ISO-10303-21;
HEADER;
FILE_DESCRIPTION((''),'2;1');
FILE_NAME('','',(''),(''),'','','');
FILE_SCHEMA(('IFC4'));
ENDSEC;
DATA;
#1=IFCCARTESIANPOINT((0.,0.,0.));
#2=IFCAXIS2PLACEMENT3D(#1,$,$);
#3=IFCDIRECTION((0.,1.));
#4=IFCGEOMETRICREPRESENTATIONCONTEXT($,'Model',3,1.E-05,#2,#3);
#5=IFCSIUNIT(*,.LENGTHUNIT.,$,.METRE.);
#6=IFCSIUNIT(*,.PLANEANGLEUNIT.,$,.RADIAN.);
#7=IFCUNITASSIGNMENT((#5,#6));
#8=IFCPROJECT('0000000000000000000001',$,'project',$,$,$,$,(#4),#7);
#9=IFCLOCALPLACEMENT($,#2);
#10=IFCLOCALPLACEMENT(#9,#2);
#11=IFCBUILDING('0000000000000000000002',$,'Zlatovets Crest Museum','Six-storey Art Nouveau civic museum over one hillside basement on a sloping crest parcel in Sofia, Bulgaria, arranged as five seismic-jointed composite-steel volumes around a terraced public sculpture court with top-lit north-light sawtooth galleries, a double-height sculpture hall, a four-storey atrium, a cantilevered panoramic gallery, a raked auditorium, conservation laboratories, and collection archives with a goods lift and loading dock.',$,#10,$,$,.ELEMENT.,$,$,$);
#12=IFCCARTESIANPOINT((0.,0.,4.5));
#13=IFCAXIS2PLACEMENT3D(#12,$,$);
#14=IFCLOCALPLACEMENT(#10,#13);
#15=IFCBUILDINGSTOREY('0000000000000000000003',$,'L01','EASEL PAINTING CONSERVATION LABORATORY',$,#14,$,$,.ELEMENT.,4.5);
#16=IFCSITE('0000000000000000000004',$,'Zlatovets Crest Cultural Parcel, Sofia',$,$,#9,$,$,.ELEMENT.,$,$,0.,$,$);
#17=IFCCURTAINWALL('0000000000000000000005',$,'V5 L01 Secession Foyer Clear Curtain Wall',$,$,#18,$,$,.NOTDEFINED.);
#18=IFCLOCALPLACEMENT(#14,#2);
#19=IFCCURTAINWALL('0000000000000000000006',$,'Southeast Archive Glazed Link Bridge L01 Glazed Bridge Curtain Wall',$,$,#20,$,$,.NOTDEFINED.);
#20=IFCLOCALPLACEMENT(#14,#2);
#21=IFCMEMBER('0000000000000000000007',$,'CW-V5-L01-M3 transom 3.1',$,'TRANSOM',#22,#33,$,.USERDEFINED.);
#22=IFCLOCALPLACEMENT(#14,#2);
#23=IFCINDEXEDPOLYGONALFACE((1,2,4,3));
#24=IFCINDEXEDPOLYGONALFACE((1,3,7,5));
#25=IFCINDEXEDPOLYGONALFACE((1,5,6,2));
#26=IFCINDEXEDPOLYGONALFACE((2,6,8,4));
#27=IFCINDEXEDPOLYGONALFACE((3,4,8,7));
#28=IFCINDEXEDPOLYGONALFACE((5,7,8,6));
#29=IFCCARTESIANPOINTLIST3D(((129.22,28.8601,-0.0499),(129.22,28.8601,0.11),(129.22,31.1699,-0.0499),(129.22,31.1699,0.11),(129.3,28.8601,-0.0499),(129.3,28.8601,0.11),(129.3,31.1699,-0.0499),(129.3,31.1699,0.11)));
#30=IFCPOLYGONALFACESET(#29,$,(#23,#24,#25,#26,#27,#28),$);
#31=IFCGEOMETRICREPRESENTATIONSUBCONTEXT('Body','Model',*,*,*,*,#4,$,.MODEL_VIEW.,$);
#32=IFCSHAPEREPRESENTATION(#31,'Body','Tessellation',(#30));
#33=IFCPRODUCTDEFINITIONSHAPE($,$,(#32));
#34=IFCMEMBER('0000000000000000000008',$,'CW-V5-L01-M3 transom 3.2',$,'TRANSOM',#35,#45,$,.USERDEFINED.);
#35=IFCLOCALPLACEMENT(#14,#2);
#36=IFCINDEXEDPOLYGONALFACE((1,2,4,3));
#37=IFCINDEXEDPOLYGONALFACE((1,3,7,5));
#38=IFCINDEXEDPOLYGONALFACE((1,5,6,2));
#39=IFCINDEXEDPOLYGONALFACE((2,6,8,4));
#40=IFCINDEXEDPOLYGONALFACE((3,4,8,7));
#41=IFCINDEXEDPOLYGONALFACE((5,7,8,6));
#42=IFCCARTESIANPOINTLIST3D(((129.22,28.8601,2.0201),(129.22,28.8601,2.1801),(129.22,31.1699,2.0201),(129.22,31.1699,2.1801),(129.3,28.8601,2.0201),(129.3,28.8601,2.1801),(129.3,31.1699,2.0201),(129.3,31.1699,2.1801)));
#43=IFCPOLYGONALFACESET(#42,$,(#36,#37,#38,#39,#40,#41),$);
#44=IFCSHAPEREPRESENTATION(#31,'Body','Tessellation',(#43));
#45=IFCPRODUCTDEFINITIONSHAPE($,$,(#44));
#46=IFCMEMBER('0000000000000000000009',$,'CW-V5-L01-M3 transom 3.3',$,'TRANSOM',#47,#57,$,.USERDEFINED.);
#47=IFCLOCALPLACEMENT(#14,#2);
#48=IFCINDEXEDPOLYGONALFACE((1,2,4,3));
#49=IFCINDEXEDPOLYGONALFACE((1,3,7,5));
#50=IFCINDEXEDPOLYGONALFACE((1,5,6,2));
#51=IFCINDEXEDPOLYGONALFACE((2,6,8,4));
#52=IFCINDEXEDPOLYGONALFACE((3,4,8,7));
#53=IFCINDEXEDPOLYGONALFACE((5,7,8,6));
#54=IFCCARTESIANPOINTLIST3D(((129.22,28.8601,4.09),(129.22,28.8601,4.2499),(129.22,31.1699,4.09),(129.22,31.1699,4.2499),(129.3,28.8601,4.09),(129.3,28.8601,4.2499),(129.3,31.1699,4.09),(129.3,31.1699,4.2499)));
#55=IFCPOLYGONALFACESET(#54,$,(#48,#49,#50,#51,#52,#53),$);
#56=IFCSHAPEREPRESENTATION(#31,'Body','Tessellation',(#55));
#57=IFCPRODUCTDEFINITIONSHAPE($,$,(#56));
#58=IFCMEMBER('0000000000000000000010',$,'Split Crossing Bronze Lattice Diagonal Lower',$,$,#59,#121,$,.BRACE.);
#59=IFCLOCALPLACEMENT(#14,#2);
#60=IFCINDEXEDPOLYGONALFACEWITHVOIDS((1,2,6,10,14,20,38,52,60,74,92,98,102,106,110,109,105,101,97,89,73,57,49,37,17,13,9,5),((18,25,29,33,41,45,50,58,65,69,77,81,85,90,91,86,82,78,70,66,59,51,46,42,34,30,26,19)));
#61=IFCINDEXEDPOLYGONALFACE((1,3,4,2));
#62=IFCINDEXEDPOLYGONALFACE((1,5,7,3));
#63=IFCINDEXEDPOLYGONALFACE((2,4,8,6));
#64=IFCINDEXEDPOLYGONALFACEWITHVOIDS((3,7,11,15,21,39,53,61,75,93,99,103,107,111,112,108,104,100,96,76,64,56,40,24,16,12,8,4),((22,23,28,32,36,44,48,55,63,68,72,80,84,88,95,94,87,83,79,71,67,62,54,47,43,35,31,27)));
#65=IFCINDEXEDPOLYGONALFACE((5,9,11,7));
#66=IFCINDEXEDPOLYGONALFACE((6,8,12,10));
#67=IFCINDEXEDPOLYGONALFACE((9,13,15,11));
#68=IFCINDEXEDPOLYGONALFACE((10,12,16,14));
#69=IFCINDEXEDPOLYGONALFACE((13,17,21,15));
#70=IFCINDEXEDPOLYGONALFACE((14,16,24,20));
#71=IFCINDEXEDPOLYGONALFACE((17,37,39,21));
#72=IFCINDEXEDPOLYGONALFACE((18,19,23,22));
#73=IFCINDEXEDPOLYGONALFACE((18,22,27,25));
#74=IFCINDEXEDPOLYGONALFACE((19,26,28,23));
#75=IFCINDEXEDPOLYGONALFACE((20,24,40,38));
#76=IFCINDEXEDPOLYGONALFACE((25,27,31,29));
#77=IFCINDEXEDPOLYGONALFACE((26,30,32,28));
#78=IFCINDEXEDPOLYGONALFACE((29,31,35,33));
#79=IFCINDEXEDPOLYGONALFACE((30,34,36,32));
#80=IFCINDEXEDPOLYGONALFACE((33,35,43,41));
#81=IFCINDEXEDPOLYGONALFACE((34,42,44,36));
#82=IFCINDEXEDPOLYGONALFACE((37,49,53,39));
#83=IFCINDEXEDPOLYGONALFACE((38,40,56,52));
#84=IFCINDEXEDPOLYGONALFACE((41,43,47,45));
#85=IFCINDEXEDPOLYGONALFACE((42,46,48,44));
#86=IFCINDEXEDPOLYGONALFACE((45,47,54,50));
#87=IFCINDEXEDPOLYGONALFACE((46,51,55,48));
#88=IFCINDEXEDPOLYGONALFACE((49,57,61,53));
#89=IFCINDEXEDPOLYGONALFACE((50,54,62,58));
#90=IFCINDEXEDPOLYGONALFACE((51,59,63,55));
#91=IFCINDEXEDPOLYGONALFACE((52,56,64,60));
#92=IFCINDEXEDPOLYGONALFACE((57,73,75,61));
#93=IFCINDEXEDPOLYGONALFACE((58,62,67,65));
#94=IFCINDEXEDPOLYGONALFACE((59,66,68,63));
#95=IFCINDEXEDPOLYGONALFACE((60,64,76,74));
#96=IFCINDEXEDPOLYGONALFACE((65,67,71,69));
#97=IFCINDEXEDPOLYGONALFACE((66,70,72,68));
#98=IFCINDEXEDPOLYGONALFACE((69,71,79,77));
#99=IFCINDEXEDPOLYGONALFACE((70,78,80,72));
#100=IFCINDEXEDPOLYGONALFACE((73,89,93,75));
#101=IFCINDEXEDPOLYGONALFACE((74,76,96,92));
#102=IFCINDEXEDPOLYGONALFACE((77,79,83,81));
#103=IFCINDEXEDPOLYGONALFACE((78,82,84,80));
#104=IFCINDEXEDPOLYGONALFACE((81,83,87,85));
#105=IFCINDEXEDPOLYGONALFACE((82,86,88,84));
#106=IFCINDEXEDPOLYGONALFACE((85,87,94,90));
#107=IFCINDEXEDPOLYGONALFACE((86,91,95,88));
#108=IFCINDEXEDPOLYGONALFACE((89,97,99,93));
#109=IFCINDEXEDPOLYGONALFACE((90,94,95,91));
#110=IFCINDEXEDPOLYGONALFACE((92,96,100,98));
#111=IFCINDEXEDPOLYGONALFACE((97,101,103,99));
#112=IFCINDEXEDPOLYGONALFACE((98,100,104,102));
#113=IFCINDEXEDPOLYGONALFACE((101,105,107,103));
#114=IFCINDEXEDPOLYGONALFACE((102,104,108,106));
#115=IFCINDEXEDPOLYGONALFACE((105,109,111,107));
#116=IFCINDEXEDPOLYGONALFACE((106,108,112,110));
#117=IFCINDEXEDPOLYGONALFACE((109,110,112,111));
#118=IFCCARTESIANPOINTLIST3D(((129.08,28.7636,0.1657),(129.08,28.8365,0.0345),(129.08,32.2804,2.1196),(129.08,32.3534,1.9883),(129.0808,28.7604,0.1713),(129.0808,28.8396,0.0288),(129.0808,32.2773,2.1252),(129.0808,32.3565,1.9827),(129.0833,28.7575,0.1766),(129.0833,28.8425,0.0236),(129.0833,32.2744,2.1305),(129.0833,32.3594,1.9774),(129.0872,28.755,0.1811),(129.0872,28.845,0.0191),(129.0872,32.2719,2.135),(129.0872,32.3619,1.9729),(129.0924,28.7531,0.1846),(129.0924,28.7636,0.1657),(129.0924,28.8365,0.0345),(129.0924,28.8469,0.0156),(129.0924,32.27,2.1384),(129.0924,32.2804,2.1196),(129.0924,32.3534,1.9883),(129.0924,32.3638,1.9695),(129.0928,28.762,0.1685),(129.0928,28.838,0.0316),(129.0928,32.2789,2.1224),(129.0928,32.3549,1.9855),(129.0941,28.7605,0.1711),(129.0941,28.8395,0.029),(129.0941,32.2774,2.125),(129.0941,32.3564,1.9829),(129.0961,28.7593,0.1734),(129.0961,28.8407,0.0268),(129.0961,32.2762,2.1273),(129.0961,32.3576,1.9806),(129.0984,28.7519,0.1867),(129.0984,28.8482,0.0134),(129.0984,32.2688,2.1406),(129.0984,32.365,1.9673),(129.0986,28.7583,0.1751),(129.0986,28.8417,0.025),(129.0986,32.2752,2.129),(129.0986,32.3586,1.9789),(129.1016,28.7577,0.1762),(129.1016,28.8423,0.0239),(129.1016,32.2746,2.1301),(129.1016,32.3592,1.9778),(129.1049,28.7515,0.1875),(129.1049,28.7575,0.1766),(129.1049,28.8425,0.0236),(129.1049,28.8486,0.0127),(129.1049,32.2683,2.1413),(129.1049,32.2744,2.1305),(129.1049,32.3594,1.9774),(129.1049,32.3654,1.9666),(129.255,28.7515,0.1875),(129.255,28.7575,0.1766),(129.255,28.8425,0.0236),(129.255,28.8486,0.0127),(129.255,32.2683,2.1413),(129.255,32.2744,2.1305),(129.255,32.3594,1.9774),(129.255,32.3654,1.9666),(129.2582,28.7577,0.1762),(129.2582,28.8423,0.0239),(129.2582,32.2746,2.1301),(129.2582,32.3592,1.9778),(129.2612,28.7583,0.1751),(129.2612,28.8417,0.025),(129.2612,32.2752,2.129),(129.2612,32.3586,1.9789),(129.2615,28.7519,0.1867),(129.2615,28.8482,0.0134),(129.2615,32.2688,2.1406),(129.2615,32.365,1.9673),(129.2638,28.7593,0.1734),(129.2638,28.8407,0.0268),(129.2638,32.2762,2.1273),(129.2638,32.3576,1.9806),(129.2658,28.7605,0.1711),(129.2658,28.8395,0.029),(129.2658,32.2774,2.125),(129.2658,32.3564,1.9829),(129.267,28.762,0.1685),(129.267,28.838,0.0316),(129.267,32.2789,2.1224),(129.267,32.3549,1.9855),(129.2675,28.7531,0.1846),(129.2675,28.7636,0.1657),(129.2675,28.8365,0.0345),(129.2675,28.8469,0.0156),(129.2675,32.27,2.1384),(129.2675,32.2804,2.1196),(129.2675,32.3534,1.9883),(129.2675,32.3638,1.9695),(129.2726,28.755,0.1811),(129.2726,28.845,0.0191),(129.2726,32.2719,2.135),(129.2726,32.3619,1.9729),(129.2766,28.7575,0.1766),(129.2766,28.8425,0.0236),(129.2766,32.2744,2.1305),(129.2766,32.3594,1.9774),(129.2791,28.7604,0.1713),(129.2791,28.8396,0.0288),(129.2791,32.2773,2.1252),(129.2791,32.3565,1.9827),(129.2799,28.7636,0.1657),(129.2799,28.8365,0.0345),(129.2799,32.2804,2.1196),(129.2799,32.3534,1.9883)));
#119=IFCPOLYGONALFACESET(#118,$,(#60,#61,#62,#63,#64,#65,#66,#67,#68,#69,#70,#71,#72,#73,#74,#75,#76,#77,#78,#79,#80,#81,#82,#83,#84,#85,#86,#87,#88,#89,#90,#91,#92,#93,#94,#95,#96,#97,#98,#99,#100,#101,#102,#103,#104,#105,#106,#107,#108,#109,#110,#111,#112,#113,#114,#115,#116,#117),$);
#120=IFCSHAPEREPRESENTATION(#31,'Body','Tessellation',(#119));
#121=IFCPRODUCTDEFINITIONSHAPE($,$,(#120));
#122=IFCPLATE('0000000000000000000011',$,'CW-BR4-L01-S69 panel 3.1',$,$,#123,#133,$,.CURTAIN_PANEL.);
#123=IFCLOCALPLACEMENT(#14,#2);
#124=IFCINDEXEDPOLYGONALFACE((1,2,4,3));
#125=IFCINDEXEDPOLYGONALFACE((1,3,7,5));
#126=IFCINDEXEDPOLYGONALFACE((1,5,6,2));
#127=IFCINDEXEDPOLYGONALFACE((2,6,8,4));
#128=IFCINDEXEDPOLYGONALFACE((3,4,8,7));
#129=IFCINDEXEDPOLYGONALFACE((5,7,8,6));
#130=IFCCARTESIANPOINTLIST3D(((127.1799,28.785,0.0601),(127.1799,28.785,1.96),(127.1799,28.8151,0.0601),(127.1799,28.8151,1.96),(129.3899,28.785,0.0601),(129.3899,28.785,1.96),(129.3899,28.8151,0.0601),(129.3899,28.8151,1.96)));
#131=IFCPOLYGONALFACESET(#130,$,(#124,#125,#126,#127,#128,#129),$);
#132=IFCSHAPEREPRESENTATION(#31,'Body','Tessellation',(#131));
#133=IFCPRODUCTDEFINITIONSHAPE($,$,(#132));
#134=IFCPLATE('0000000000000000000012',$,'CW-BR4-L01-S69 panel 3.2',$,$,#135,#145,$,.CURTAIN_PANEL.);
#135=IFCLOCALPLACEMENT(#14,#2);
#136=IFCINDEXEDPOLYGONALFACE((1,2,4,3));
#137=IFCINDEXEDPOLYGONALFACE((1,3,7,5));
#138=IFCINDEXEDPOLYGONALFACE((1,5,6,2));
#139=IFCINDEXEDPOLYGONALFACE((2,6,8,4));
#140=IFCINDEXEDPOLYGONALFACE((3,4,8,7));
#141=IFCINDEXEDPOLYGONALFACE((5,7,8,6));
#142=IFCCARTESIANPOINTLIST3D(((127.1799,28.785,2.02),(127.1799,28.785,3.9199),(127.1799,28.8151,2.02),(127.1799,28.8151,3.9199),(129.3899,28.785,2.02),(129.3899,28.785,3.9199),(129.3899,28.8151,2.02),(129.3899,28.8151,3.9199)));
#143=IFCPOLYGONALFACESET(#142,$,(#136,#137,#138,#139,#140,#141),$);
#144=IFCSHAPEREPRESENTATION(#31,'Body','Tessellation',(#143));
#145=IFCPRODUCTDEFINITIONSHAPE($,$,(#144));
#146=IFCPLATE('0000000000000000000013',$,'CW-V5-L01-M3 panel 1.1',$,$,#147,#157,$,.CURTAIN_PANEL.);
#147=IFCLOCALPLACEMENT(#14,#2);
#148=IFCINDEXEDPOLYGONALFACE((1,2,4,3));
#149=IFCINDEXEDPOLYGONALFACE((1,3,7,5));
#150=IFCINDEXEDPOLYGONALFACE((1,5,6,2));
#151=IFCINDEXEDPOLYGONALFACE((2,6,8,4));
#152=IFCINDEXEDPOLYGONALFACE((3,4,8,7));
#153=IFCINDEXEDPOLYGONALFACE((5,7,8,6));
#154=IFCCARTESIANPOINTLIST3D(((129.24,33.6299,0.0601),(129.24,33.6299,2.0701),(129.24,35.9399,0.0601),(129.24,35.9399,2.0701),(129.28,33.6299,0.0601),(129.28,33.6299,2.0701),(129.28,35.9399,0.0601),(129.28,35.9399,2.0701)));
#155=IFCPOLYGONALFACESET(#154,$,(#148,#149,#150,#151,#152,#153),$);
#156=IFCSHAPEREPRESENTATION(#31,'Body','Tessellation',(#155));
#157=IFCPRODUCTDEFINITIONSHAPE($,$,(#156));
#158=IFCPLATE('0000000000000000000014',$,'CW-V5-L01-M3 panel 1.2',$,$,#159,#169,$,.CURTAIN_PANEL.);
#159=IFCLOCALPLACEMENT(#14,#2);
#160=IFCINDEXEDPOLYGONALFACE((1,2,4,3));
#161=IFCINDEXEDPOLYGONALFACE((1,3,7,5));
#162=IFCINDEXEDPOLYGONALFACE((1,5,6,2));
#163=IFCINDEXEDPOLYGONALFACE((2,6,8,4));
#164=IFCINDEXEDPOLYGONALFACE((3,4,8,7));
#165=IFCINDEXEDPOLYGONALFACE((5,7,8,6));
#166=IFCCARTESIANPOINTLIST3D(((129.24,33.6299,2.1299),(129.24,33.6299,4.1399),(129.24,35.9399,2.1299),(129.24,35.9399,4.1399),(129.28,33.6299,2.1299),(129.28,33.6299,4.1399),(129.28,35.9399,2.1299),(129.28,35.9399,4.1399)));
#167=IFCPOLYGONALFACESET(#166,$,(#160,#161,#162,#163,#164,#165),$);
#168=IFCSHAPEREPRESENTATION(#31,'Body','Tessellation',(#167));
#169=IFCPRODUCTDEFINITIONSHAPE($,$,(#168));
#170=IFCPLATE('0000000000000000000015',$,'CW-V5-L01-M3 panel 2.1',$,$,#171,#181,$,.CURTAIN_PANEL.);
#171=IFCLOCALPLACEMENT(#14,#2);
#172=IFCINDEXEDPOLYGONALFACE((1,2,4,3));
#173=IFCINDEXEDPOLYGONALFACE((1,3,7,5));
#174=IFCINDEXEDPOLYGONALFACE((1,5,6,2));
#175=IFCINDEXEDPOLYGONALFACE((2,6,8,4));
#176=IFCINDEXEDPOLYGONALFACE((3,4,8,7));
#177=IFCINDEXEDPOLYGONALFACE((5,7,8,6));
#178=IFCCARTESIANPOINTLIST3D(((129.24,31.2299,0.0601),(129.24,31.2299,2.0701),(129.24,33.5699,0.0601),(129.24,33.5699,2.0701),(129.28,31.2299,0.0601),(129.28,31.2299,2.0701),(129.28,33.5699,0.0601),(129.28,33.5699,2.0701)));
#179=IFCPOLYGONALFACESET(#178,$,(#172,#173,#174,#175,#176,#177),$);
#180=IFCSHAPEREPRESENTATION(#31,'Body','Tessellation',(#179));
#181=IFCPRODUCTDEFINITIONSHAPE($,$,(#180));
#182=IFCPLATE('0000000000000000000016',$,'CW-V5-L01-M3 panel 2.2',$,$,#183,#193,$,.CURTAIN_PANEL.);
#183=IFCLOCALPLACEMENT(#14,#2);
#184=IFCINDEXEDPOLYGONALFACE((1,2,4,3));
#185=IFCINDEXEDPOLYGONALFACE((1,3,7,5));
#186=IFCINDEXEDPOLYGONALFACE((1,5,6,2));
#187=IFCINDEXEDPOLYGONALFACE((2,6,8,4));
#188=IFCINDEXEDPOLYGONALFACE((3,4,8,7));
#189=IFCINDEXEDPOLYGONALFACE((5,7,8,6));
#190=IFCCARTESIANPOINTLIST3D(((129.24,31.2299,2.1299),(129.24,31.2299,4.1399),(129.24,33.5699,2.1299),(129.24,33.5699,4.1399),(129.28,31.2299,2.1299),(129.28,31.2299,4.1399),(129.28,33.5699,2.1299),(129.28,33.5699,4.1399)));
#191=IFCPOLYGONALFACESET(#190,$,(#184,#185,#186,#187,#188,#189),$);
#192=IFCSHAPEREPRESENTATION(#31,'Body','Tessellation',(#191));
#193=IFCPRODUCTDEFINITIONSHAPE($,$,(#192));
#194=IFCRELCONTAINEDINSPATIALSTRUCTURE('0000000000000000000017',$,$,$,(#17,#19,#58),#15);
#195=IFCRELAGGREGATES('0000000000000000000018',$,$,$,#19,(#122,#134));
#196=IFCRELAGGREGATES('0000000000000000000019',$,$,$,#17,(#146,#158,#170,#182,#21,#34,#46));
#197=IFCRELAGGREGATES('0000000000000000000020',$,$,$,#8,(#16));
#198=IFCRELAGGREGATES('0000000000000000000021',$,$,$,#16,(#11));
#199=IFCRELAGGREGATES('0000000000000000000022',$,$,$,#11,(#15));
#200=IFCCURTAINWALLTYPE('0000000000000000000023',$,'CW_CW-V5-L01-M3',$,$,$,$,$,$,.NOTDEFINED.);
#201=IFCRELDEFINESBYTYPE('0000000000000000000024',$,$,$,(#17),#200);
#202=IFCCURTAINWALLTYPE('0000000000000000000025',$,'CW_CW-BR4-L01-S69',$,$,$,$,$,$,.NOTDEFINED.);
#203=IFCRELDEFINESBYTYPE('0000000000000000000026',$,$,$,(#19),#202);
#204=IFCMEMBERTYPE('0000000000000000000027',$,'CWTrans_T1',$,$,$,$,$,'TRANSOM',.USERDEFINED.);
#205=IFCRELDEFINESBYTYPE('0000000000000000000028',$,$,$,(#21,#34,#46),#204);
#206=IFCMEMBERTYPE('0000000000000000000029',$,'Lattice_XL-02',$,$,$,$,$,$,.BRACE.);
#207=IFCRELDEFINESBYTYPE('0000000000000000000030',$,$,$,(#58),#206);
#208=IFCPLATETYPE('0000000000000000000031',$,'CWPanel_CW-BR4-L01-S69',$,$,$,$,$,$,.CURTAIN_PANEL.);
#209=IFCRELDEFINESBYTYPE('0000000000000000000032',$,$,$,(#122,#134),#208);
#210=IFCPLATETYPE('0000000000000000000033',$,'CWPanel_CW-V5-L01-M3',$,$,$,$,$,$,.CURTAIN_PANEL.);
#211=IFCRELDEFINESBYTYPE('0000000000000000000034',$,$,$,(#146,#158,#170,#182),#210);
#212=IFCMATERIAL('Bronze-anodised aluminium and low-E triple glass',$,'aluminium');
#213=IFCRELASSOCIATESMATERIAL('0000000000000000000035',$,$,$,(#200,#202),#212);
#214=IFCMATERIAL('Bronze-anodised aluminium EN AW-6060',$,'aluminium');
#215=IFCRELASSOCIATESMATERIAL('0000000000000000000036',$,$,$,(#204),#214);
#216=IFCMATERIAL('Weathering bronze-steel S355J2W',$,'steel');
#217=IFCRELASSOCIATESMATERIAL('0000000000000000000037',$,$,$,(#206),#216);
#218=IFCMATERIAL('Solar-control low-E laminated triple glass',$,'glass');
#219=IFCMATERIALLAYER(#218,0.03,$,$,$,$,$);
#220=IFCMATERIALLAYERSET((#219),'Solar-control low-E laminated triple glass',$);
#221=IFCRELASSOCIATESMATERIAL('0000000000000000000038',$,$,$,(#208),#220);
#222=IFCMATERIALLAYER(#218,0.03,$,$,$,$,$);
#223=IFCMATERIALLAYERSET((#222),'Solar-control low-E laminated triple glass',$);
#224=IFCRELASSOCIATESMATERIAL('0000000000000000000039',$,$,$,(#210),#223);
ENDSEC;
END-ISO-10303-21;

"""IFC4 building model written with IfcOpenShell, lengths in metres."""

from ifc_helpers import new_model, si_unit, direction, frame, origin, origin_2d, place, context, subcontext, project, spatial, rectangle, hollow_rectangle, extrude, material, layer, layer_set, material_profile, profile_set, type_object, element, aggregate, save


model = new_model("IFC4")

# Units and contexts
model_context = context("Model", 3, precision=1e-05, world=origin(), true_north=direction((0.0, 1.0)))
body_context = subcontext(model_context, "Body", "Model", "MODEL_VIEW")
ifc_project = project(units=[si_unit("LENGTHUNIT", "METRE"), si_unit("PLANEANGLEUNIT", "RADIAN")], contexts=[model_context])

# Site, building, storey
site_placement = place(None, origin())
site = spatial("IfcSite", under=ifc_project, at=site_placement, Name="Zlatovets Crest Cultural Parcel, Sofia", CompositionType="ELEMENT", RefElevation=0.0)
building_placement = place(site_placement, origin())
building = spatial("IfcBuilding", under=site, at=building_placement, Name="Zlatovets Crest Museum", Description="Six-storey Art Nouveau civic museum over one hillside basement on a sloping crest parcel in Sofia, Bulgaria, arranged as five seismic-jointed composite-steel volumes around a terraced public sculpture court with top-lit north-light sawtooth galleries, a double-height sculpture hall, a four-storey atrium, a cantilevered panoramic gallery, a raked auditorium, conservation laboratories, and collection archives with a goods lift and loading dock.", CompositionType="ELEMENT")
storey_placement = place(building_placement, frame((0.0, 0.0, 4.5)))
storey = spatial("IfcBuildingStorey", under=building, at=storey_placement, Name="L01", Description="EASEL PAINTING CONSERVATION LABORATORY", CompositionType="ELEMENT", Elevation=4.5)

# Curtain wall
ifc_material_1 = material(Name="Bronze-anodised aluminium and low-E triple glass", Category="aluminium")
curtain_wall_type_1 = type_object("IfcCurtainWallType", Name="CW_CW-V5-L01-M3", PredefinedType="NOTDEFINED", material=ifc_material_1)
curtain_wall_1_placement = place(storey_placement, origin())
curtain_wall_1 = element("IfcCurtainWall", 1, at=curtain_wall_1_placement, inside=storey, type_object=curtain_wall_type_1, Name="V5 L01 Secession Foyer Clear Curtain Wall", PredefinedType="NOTDEFINED")
ifc_material_2 = material(Name="Bronze-anodised aluminium EN AW-6060", Category="aluminium")

# Curtain wall
curtain_wall_type_2 = type_object("IfcCurtainWallType", Name="CW_CW-BR4-L01-S69", PredefinedType="NOTDEFINED", material=ifc_material_1)
curtain_wall_2_placement = place(storey_placement, origin())
curtain_wall_2 = element("IfcCurtainWall", 2, at=curtain_wall_2_placement, inside=storey, type_object=curtain_wall_type_2, Name="Southeast Archive Glazed Link Bridge L01 Glazed Bridge Curtain Wall", PredefinedType="NOTDEFINED")

# Members
ifc_material_profile_1 = material_profile(ifc_material_2, rectangle(XDim=0.0801, YDim=0.1599, at=origin_2d()), Name="ALU 80x160")
ifc_profile_set_1 = profile_set([ifc_material_profile_1], Name="Bronze-anodised aluminium EN AW-6060")
member_type_1 = type_object("IfcMemberType", Name="CWTrans_T1", ElementType="TRANSOM", PredefinedType="USERDEFINED", material=ifc_profile_set_1)
member_1_placement = place(storey_placement, frame((129.26, 31.1699, 0.03), z_axis=(0.0, -1.0, 0.0), x_axis=(1.0, 0.0, 0.0)))
member_1 = element("IfcMember", 3, at=member_1_placement, type_object=member_type_1, Name="CW-V5-L01-M3 transom 3.1", ObjectType="TRANSOM", PredefinedType="USERDEFINED", context=body_context, shape_type="SweptSolid", body=[
    extrude(rectangle(XDim=0.0801, YDim=0.1599, at=origin_2d()), origin(), (0.0, 0.0, 1.0), 2.3098),
])
member_2_placement = place(storey_placement, frame((129.26, 31.1699, 2.1001), z_axis=(0.0, -1.0, 0.0), x_axis=(1.0, 0.0, 0.0)))
member_2 = element("IfcMember", 4, at=member_2_placement, type_object=member_type_1, Name="CW-V5-L01-M3 transom 3.2", ObjectType="TRANSOM", PredefinedType="USERDEFINED", context=body_context, shape_type="SweptSolid", body=[
    extrude(rectangle(XDim=0.0801, YDim=0.1599, at=origin_2d()), origin(), (0.0, 0.0, 1.0), 2.3098),
])
member_3_placement = place(storey_placement, frame((129.26, 31.1699, 4.1699), z_axis=(0.0, -1.0, 0.0), x_axis=(1.0, 0.0, 0.0)))
member_3 = element("IfcMember", 5, at=member_3_placement, type_object=member_type_1, Name="CW-V5-L01-M3 transom 3.3", ObjectType="TRANSOM", PredefinedType="USERDEFINED", context=body_context, shape_type="SweptSolid", body=[
    extrude(rectangle(XDim=0.0801, YDim=0.1599, at=origin_2d()), origin(), (0.0, 0.0, 1.0), 2.3098),
])
ifc_material_3 = material(Name="Weathering bronze-steel S355J2W", Category="steel")
ifc_material_profile_2 = material_profile(ifc_material_3, hollow_rectangle(XDim=0.2, YDim=0.2, WallThickness=0.0125, InnerFilletRadius=0.0125, OuterFilletRadius=0.0249, at=origin_2d()), Name="SHS 200x200x12.5")
ifc_profile_set_2 = profile_set([ifc_material_profile_2], Name="Weathering bronze-steel S355J2W")
member_type_2 = type_object("IfcMemberType", Name="Lattice_XL-02", PredefinedType="BRACE", material=ifc_profile_set_2)
member_4_placement = place(storey_placement, frame((129.1799, 32.3169, 2.054), z_axis=(0.0, -0.874152, -0.485653), x_axis=(1.0, 0.0, 0.0)))
element("IfcMember", 6, at=member_4_placement, inside=storey, type_object=member_type_2, Name="Split Crossing Bronze Lattice Diagonal Lower", PredefinedType="BRACE", context=body_context, shape_type="SweptSolid", body=[
    extrude(hollow_rectangle(XDim=0.2, YDim=0.2, WallThickness=0.0125, InnerFilletRadius=0.0125, OuterFilletRadius=0.0249, at=origin_2d()), origin(), (0.0, 0.0, 1.0), 4.0232),
])

# Plates
ifc_material_4 = material(Name="Solar-control low-E laminated triple glass", Category="glass")
ifc_layer_1 = layer(ifc_material_4, 0.03)
ifc_layer_set_1 = layer_set([ifc_layer_1], Name="Solar-control low-E laminated triple glass")
plate_type_1 = type_object("IfcPlateType", Name="CWPanel_CW-BR4-L01-S69", PredefinedType="CURTAIN_PANEL", material=ifc_layer_set_1)
plate_1_placement = place(storey_placement, frame((128.2849, 28.8, 0.0601), z_axis=(0.0, 0.0, 1.0), x_axis=(1.0, 0.0, 0.0)))
plate_1 = element("IfcPlate", 7, at=plate_1_placement, type_object=plate_type_1, Name="CW-BR4-L01-S69 panel 3.1", PredefinedType="CURTAIN_PANEL", context=body_context, shape_type="SweptSolid", body=[
    extrude(rectangle(XDim=2.21, YDim=0.03, at=origin_2d()), origin(), (0.0, 0.0, 1.0), 1.8999),
])
plate_2_placement = place(storey_placement, frame((128.2849, 28.8, 2.02), z_axis=(0.0, 0.0, 1.0), x_axis=(1.0, 0.0, 0.0)))
plate_2 = element("IfcPlate", 8, at=plate_2_placement, type_object=plate_type_1, Name="CW-BR4-L01-S69 panel 3.2", PredefinedType="CURTAIN_PANEL", context=body_context, shape_type="SweptSolid", body=[
    extrude(rectangle(XDim=2.21, YDim=0.03, at=origin_2d()), origin(), (0.0, 0.0, 1.0), 1.8999),
])
aggregate(curtain_wall_2, [plate_1, plate_2])
ifc_layer_2 = layer(ifc_material_4, 0.03)
ifc_layer_set_2 = layer_set([ifc_layer_2], Name="Solar-control low-E laminated triple glass")
plate_type_2 = type_object("IfcPlateType", Name="CWPanel_CW-V5-L01-M3", PredefinedType="CURTAIN_PANEL", material=ifc_layer_set_2)
plate_3_placement = place(storey_placement, frame((129.26, 34.7849, 0.0601), z_axis=(0.0, 0.0, 1.0), x_axis=(0.0, -1.0, 0.0)))
plate_3 = element("IfcPlate", 9, at=plate_3_placement, type_object=plate_type_2, Name="CW-V5-L01-M3 panel 1.1", PredefinedType="CURTAIN_PANEL", context=body_context, shape_type="SweptSolid", body=[
    extrude(rectangle(XDim=2.3101, YDim=0.04, at=origin_2d()), origin(), (0.0, 0.0, 1.0), 2.01),
])
plate_4_placement = place(storey_placement, frame((129.26, 34.7849, 2.1299), z_axis=(0.0, 0.0, 1.0), x_axis=(0.0, -1.0, 0.0)))
plate_4 = element("IfcPlate", 10, at=plate_4_placement, type_object=plate_type_2, Name="CW-V5-L01-M3 panel 1.2", PredefinedType="CURTAIN_PANEL", context=body_context, shape_type="SweptSolid", body=[
    extrude(rectangle(XDim=2.3101, YDim=0.04, at=origin_2d()), origin(), (0.0, 0.0, 1.0), 2.01),
])
plate_5_placement = place(storey_placement, frame((129.26, 32.3999, 0.0601), z_axis=(0.0, 0.0, 1.0), x_axis=(0.0, -1.0, 0.0)))
plate_5 = element("IfcPlate", 11, at=plate_5_placement, type_object=plate_type_2, Name="CW-V5-L01-M3 panel 2.1", PredefinedType="CURTAIN_PANEL", context=body_context, shape_type="SweptSolid", body=[
    extrude(rectangle(XDim=2.3401, YDim=0.04, at=origin_2d()), origin(), (0.0, 0.0, 1.0), 2.01),
])
plate_6_placement = place(storey_placement, frame((129.26, 32.3999, 2.1299), z_axis=(0.0, 0.0, 1.0), x_axis=(0.0, -1.0, 0.0)))
plate_6 = element("IfcPlate", 12, at=plate_6_placement, type_object=plate_type_2, Name="CW-V5-L01-M3 panel 2.2", PredefinedType="CURTAIN_PANEL", context=body_context, shape_type="SweptSolid", body=[
    extrude(rectangle(XDim=2.3401, YDim=0.04, at=origin_2d()), origin(), (0.0, 0.0, 1.0), 2.01),
])
aggregate(curtain_wall_1, [plate_3, plate_4, plate_5, plate_6, member_1, member_2, member_3])

save(model, "model.ifc")
